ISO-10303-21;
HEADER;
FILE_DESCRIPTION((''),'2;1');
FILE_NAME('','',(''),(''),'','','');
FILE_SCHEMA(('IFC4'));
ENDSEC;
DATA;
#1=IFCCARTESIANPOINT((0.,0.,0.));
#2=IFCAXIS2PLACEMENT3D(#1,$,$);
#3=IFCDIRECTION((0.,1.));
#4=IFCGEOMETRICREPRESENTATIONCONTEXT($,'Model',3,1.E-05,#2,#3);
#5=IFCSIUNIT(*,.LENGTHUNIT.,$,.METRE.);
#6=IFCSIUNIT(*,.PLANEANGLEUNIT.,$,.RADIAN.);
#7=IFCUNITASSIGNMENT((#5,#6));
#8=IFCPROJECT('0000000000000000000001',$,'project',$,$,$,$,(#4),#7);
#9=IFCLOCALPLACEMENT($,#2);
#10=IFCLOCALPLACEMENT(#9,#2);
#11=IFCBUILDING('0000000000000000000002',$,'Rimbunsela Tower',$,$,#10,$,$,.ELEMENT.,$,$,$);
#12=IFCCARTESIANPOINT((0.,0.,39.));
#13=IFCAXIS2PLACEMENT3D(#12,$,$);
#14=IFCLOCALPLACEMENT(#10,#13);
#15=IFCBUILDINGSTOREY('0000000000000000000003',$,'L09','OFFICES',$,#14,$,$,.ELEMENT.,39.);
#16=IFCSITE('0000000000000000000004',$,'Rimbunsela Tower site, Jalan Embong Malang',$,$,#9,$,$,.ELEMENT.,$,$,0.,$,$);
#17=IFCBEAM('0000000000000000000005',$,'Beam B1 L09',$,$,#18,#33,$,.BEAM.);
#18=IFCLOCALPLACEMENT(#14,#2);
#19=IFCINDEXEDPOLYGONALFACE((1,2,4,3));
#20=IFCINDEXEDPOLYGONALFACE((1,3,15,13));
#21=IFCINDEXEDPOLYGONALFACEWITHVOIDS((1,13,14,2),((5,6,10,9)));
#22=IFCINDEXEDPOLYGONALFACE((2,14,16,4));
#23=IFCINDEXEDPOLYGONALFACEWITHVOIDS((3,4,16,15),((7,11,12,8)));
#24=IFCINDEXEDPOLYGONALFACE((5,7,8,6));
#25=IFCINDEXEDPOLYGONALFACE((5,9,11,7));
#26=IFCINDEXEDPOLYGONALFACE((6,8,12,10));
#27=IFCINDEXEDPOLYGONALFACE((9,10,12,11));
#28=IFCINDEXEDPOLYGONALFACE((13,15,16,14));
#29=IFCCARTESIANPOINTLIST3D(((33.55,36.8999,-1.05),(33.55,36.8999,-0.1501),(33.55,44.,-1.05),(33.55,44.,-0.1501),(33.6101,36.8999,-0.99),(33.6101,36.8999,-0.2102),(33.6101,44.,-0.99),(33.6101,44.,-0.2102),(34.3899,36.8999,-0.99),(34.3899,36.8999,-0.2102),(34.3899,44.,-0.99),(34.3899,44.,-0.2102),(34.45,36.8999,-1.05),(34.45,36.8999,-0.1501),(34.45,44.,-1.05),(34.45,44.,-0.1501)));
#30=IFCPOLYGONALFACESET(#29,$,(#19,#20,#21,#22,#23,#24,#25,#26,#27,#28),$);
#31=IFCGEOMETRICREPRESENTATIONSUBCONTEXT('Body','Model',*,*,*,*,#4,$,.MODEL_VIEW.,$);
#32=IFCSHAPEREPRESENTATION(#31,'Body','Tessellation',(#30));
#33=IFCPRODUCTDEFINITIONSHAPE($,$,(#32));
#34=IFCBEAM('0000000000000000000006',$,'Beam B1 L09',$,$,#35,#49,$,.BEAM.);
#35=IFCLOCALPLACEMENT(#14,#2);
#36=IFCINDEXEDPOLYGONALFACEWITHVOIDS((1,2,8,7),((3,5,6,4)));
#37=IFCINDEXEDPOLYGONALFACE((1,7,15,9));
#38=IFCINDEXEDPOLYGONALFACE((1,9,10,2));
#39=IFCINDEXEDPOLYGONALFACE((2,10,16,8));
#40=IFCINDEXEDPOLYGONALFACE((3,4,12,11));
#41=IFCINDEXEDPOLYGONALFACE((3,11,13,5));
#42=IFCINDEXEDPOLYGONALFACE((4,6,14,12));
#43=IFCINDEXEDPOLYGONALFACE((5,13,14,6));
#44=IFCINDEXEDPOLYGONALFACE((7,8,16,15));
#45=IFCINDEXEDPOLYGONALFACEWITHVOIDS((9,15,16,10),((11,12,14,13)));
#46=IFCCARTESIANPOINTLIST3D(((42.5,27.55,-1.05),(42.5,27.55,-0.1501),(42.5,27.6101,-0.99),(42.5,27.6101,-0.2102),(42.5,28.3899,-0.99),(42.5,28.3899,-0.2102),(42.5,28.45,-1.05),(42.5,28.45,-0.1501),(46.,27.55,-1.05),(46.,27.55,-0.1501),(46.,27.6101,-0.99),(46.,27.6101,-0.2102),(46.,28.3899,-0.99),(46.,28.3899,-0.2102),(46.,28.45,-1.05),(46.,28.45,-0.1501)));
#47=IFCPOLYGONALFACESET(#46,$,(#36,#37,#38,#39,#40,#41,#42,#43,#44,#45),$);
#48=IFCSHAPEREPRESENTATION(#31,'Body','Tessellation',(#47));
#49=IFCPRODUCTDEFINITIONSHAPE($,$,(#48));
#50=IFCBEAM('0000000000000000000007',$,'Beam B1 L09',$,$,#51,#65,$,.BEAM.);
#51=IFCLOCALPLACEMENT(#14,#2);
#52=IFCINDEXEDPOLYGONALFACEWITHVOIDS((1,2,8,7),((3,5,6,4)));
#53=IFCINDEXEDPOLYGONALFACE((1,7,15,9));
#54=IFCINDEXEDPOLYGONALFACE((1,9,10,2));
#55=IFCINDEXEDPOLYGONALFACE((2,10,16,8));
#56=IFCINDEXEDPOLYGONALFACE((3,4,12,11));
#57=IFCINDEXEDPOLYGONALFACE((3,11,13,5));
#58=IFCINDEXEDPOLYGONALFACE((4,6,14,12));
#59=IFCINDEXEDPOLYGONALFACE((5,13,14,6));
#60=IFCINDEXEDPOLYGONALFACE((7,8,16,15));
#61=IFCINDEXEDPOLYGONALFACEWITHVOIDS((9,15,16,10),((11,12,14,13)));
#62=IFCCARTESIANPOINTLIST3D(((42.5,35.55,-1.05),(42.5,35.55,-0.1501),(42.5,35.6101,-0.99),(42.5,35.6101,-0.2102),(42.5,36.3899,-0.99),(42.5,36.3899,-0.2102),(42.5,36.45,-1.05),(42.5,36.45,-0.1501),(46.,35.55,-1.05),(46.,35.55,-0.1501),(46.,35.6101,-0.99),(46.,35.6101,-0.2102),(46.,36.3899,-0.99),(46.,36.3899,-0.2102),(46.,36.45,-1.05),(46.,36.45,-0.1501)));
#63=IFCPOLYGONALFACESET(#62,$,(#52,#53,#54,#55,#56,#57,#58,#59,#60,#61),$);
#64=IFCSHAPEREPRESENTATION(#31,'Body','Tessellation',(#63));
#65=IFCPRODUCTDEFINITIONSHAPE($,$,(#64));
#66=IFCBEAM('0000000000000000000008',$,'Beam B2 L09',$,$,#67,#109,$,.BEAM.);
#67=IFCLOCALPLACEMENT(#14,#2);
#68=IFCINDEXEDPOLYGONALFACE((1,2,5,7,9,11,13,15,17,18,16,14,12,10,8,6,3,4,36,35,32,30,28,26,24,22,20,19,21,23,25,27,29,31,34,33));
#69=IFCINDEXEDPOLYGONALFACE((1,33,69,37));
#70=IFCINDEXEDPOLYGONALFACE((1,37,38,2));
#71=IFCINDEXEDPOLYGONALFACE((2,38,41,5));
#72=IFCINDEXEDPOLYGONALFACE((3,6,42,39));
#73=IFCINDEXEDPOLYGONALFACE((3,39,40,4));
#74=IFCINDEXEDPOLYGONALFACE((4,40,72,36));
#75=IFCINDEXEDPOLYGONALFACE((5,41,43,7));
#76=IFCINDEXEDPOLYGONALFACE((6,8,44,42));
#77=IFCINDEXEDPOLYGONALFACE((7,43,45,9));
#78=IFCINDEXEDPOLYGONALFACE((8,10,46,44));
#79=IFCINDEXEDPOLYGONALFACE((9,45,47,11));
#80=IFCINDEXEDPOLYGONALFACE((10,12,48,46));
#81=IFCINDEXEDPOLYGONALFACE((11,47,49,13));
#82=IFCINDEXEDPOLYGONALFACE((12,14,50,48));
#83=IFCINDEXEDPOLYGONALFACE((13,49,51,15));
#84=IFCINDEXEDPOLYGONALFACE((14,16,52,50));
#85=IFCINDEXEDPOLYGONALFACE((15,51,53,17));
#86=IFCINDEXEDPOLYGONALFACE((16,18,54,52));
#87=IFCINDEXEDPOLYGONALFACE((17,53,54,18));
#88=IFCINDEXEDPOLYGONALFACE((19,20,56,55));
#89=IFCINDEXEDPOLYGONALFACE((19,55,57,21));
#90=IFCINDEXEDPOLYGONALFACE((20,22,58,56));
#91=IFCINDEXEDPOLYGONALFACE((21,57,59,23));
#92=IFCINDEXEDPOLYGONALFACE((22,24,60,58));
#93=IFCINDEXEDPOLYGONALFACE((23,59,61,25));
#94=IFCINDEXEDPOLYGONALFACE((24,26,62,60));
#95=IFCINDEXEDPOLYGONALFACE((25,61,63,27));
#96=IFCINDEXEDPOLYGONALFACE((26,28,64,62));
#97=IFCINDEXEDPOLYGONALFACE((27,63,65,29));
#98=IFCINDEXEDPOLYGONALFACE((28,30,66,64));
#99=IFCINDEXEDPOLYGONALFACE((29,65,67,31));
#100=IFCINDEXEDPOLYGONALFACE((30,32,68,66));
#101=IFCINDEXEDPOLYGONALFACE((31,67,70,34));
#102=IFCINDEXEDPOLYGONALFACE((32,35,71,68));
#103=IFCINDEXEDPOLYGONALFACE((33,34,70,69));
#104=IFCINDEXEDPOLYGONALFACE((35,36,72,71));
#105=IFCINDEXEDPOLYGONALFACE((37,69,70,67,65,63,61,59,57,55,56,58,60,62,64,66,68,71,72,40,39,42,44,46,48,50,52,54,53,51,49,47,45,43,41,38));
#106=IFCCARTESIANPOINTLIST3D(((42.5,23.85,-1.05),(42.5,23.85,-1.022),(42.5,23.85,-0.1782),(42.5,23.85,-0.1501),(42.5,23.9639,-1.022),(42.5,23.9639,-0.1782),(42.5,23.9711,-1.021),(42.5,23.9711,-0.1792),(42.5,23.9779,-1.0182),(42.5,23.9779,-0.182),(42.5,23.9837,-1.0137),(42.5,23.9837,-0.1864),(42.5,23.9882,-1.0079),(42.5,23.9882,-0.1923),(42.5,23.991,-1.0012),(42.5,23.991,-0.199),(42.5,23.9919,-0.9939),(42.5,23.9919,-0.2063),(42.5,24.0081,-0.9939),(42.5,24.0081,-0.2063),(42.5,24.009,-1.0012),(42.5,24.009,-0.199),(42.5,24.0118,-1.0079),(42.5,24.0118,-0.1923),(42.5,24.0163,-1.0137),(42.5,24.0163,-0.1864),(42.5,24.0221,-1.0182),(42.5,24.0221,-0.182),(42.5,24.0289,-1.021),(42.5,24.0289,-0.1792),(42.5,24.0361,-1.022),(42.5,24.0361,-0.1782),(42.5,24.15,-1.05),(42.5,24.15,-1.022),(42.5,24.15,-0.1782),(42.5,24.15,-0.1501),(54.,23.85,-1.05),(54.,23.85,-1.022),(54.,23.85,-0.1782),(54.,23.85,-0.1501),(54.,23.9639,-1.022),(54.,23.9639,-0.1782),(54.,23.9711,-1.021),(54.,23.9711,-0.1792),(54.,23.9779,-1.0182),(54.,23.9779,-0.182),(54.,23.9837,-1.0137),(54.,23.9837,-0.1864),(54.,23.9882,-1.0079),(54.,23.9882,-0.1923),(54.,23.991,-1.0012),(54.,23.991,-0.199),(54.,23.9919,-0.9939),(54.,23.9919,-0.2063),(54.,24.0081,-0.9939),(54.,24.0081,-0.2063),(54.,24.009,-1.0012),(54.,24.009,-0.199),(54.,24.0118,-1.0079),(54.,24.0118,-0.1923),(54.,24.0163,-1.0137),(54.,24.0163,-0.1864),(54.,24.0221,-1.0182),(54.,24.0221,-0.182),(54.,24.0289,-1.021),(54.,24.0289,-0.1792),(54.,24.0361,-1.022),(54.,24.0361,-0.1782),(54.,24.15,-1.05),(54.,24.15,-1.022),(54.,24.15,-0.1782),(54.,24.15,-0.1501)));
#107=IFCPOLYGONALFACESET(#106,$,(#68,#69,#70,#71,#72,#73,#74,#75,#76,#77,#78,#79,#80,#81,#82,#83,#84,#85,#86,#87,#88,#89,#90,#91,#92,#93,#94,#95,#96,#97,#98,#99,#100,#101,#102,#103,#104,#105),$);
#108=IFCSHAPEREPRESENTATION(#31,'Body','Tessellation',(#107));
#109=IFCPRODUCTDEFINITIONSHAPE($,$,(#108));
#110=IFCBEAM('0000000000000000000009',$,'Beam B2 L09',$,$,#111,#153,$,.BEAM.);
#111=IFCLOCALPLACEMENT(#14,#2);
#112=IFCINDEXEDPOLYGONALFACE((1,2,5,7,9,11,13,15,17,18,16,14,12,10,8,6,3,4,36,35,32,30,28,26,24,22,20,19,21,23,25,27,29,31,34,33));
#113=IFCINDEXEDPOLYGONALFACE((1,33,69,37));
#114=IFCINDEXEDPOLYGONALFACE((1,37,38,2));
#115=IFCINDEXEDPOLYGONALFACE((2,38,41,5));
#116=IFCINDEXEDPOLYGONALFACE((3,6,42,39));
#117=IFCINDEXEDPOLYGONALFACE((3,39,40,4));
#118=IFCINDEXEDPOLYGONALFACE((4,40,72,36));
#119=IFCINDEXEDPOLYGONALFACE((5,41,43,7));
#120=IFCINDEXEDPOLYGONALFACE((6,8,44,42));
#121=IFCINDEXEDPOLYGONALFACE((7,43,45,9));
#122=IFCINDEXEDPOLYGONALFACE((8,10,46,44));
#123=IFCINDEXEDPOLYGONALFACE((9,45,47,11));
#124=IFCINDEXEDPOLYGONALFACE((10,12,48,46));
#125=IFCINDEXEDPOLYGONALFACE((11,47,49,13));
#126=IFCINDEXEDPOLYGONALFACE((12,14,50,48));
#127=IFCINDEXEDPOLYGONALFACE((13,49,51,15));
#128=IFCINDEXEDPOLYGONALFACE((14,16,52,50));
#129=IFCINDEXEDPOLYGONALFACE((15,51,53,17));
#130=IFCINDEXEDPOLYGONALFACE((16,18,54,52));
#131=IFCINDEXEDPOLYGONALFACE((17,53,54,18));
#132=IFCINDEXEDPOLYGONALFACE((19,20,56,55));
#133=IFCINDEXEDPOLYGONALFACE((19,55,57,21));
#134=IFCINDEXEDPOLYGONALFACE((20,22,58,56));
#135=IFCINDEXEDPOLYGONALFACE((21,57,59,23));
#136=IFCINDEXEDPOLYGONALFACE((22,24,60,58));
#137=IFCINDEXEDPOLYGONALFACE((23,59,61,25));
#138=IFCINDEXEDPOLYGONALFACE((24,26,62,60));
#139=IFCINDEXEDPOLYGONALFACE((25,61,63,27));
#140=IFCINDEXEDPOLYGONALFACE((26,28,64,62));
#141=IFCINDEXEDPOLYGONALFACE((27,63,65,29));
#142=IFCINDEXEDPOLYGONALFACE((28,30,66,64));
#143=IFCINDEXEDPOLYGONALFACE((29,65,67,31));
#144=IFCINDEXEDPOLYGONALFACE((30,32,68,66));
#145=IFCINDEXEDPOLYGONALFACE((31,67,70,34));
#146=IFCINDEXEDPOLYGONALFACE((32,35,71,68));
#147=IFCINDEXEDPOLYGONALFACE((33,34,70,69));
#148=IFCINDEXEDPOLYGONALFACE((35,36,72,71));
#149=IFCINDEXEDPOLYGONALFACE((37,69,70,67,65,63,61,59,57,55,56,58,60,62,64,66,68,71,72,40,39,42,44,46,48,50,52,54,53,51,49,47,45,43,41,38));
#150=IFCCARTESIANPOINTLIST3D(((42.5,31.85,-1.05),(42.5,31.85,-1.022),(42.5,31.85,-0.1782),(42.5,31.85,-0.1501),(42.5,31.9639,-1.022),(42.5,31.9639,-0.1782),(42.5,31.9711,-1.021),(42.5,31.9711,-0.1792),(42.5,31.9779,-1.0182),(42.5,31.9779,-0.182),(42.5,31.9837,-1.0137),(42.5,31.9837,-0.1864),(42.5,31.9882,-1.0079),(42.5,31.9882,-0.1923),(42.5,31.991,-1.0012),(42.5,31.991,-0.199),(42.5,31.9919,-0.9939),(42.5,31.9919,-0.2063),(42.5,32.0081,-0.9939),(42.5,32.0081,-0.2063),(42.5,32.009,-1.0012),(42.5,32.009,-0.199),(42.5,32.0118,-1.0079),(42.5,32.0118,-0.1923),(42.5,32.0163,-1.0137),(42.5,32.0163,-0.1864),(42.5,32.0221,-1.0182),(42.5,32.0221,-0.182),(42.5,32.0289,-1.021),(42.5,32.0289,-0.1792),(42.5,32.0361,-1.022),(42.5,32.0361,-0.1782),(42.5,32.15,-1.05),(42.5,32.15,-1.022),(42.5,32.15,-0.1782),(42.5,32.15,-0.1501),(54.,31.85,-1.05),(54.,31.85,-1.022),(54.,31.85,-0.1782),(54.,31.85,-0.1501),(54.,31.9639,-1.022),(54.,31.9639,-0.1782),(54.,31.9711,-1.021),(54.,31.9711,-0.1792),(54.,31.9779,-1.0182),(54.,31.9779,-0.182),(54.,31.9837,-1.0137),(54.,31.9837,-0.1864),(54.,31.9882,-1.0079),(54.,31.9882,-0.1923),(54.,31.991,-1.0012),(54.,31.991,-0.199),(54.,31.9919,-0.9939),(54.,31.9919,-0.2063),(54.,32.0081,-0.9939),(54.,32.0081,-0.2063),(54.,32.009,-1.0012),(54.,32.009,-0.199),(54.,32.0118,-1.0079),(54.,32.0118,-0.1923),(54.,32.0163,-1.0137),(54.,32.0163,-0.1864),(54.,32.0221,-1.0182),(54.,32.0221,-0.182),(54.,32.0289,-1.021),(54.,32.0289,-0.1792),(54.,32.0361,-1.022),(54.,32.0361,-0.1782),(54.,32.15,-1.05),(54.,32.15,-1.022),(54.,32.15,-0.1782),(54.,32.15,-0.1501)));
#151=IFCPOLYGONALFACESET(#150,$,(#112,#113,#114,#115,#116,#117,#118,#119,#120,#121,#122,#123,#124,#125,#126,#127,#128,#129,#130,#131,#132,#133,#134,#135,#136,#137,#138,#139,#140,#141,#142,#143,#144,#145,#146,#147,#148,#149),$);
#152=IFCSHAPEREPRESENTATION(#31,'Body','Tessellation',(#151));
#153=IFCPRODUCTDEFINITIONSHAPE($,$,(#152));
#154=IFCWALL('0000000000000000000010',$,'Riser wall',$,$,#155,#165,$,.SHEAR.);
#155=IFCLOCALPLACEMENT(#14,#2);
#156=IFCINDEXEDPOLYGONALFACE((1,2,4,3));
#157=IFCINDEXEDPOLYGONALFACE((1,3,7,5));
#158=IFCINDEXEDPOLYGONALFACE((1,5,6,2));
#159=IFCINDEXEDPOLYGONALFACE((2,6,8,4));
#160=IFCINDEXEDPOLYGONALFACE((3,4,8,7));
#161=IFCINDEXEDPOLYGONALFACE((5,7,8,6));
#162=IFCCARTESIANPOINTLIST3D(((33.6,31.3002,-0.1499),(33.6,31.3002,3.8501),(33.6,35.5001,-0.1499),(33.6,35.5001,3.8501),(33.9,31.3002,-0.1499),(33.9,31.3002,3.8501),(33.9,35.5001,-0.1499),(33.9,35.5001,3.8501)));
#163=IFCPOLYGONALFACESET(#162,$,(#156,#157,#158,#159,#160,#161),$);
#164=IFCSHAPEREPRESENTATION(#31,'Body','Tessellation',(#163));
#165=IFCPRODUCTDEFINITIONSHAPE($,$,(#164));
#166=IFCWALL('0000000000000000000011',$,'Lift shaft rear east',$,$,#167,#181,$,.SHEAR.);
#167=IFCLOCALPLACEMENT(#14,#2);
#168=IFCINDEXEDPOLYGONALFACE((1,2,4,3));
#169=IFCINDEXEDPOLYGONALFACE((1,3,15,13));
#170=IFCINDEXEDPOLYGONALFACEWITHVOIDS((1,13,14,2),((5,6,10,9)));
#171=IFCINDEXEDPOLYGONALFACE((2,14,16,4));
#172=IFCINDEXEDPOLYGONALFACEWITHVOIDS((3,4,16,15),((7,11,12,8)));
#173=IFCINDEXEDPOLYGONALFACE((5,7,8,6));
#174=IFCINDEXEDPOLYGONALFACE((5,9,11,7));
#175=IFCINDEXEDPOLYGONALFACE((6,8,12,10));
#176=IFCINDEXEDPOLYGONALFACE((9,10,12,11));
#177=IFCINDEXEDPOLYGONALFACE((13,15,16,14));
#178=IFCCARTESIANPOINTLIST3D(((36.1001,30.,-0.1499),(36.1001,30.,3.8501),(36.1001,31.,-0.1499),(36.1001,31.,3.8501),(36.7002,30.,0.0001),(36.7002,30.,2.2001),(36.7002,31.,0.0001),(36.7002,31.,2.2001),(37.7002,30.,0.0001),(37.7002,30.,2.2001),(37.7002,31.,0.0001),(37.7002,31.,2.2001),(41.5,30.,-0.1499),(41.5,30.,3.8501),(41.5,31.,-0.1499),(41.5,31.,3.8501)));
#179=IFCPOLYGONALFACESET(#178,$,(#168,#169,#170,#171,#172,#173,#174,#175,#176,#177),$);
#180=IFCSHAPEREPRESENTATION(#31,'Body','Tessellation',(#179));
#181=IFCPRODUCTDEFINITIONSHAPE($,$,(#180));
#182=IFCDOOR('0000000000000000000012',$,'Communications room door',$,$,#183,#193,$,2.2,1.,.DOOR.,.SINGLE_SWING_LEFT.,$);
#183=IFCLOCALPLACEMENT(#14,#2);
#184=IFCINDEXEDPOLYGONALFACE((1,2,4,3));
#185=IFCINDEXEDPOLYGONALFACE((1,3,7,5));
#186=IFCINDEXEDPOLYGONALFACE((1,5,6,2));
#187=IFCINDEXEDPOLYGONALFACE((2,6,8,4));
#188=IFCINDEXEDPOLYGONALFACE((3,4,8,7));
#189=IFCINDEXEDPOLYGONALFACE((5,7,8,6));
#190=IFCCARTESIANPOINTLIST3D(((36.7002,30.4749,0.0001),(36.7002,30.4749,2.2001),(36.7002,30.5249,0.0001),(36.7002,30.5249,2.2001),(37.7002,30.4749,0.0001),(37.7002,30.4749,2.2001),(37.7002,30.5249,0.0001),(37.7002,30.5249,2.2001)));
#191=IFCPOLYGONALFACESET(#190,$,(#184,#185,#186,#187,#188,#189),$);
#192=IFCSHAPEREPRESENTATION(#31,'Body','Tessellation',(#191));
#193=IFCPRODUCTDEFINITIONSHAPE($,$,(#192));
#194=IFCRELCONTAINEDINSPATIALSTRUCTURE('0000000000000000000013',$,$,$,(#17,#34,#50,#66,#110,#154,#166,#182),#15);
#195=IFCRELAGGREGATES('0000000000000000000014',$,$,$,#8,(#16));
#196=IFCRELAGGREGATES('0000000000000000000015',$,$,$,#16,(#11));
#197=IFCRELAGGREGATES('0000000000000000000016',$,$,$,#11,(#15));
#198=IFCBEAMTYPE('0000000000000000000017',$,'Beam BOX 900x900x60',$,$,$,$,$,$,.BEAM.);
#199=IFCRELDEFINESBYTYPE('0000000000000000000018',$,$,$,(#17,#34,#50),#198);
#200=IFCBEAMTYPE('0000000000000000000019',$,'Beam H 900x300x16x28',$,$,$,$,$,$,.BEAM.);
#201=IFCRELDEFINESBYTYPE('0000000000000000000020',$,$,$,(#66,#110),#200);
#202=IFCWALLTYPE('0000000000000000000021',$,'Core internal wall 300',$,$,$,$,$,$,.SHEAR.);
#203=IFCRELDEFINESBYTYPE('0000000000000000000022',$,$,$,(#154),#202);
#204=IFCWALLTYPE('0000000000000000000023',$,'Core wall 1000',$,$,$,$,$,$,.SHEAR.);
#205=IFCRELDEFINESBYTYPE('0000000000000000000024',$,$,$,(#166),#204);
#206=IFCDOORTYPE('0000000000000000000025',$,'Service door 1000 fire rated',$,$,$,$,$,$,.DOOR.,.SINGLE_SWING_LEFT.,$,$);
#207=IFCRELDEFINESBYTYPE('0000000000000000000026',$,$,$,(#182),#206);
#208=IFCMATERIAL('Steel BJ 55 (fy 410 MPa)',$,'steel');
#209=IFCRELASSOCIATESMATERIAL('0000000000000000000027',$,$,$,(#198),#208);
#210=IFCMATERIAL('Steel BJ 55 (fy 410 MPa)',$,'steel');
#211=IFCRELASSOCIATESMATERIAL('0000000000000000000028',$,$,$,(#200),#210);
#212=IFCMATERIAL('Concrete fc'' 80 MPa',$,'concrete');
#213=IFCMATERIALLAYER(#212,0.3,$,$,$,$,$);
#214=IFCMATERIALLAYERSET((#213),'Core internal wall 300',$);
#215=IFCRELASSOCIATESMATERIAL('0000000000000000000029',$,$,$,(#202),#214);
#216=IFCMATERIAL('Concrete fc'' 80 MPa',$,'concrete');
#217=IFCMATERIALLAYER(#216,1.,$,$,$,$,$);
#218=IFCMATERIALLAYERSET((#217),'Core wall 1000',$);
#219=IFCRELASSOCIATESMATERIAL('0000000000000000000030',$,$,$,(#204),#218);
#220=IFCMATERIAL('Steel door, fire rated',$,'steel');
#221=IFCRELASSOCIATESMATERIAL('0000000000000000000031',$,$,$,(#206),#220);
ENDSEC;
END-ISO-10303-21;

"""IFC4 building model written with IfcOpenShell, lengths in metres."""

from ifc_helpers import new_model, si_unit, direction, frame, frame_2d, origin, origin_2d, place, context, subcontext, project, spatial, rectangle, hollow_rectangle, i_section, extrude, material, layer, layer_set, material_profile, profile_set, type_object, element, fill, save


model = new_model("IFC4")

# Units and contexts
model_context = context("Model", 3, precision=1e-05, world=origin(), true_north=direction((0.0, 1.0)))
body_context = subcontext(model_context, "Body", "Model", "MODEL_VIEW")
ifc_project = project(units=[si_unit("LENGTHUNIT", "METRE"), si_unit("PLANEANGLEUNIT", "RADIAN")], contexts=[model_context])

# Site, building, storey
site_placement = place(None, origin())
site = spatial("IfcSite", under=ifc_project, at=site_placement, Name="Rimbunsela Tower site, Jalan Embong Malang", CompositionType="ELEMENT", RefElevation=0.0)
building_placement = place(site_placement, origin())
building = spatial("IfcBuilding", under=site, at=building_placement, Name="Rimbunsela Tower", CompositionType="ELEMENT")
storey_placement = place(building_placement, frame((0.0, 0.0, 39.0)))
storey = spatial("IfcBuildingStorey", under=building, at=storey_placement, Name="L09", Description="OFFICES", CompositionType="ELEMENT", Elevation=39.0)

# Beams
ifc_material_1 = material(Name="Steel BJ 55 (fy 410 MPa)", Category="steel")
ifc_material_profile_1 = material_profile(ifc_material_1, hollow_rectangle(XDim=0.8999, YDim=0.8999, WallThickness=0.0601, at=origin_2d()), Name="BOX 900x900x60")
ifc_profile_set_1 = profile_set([ifc_material_profile_1], Name="Steel BJ 55 (fy 410 MPa)")
beam_type_1 = type_object("IfcBeamType", Name="Beam BOX 900x900x60", PredefinedType="BEAM", material=ifc_profile_set_1)
beam_placement = place(storey_placement, frame((34.0, 36.8999, -0.6001), z_axis=(0.0, 1.0, 0.0), x_axis=(-1.0, 0.0, 0.0)))
element("IfcBeam", 1, at=beam_placement, inside=storey, type_object=beam_type_1, Name="Beam B1 L09", PredefinedType="BEAM", context=body_context, shape_type="SweptSolid", body=[
    extrude(hollow_rectangle(XDim=0.8999, YDim=0.8999, WallThickness=0.0601, at=origin_2d()), origin(), (0.0, 0.0, 1.0), 7.1001),
])
for number, where, z_axis, x_axis, name in (
    (2, (42.5, 28.0, -0.6001), (1.0, 0.0, 0.0), (0.0, 1.0, 0.0), "Beam B1 L09"),
    (3, (42.5, 36.0, -0.6001), (1.0, 0.0, 0.0), (0.0, 1.0, 0.0), "Beam B1 L09"),
):
    element("IfcBeam", number, at=place(storey_placement, frame(where, z_axis=z_axis, x_axis=x_axis)), inside=storey, type_object=beam_type_1, Name=name, PredefinedType="BEAM", context=body_context, shape_type="SweptSolid", body=[
        extrude(hollow_rectangle(XDim=0.8999, YDim=0.8999, WallThickness=0.0601, at=origin_2d()), origin(), (0.0, 0.0, 1.0), 3.5),
    ])
ifc_material_2 = material(Name="Steel BJ 55 (fy 410 MPa)", Category="steel")
ifc_material_profile_2 = material_profile(ifc_material_2, i_section(OverallWidth=0.3, OverallDepth=0.8999, WebThickness=0.0161, FlangeThickness=0.0281, FilletRadius=0.0281, at=origin_2d()), Name="H 900x300x16x28")
ifc_profile_set_2 = profile_set([ifc_material_profile_2], Name="Steel BJ 55 (fy 410 MPa)")
beam_type_2 = type_object("IfcBeamType", Name="Beam H 900x300x16x28", PredefinedType="BEAM", material=ifc_profile_set_2)
for number, where, z_axis, x_axis, name in (
    (4, (42.5, 24.0, -0.6001), (1.0, 0.0, 0.0), (0.0, 1.0, 0.0), "Beam B2 L09"),
    (5, (42.5, 32.0, -0.6001), (1.0, 0.0, 0.0), (0.0, 1.0, 0.0), "Beam B2 L09"),
):
    element("IfcBeam", number, at=place(storey_placement, frame(where, z_axis=z_axis, x_axis=x_axis)), inside=storey, type_object=beam_type_2, Name=name, PredefinedType="BEAM", context=body_context, shape_type="SweptSolid", body=[
        extrude(i_section(OverallWidth=0.3, OverallDepth=0.8999, WebThickness=0.0161, FlangeThickness=0.0281, FilletRadius=0.0281, at=origin_2d()), origin(), (0.0, 0.0, 1.0), 11.5),
    ])

# Wall
ifc_material_3 = material(Name="Concrete fc' 80 MPa", Category="concrete")
ifc_layer_1 = layer(ifc_material_3, 0.3)
ifc_layer_set_1 = layer_set([ifc_layer_1], Name="Core internal wall 300")
wall_type_1 = type_object("IfcWallType", Name="Core internal wall 300", PredefinedType="SHEAR", material=ifc_layer_set_1)
wall_1_placement = place(storey_placement, frame((33.75, 31.3, -0.1499), z_axis=(0.0, 0.0, 1.0), x_axis=(0.0, 1.0, 0.0)))
element("IfcWall", 6, at=wall_1_placement, inside=storey, type_object=wall_type_1, Name="Riser wall", PredefinedType="SHEAR", context=body_context, shape_type="SweptSolid", body=[
    extrude(rectangle(XDim=4.2, YDim=0.3, at=frame_2d((2.1001, 0.0))), origin(), (0.0, 0.0, 1.0), 4.0),
])

# Wall, opening, door
ifc_material_4 = material(Name="Concrete fc' 80 MPa", Category="concrete")
ifc_layer_2 = layer(ifc_material_4, 1.0)
ifc_layer_set_2 = layer_set([ifc_layer_2], Name="Core wall 1000")
wall_type_2 = type_object("IfcWallType", Name="Core wall 1000", PredefinedType="SHEAR", material=ifc_layer_set_2)
wall_2_placement = place(storey_placement, frame((36.1001, 30.5, -0.1499), z_axis=(0.0, 0.0, 1.0), x_axis=(1.0, 0.0, 0.0)))
wall_2 = element("IfcWall", 7, at=wall_2_placement, inside=storey, type_object=wall_type_2, Name="Lift shaft rear east", PredefinedType="SHEAR", context=body_context, shape_type="SweptSolid", body=[
    extrude(rectangle(XDim=5.3999, YDim=1.0, at=frame_2d((2.7, 0.0))), origin(), (0.0, 0.0, 1.0), 4.0),
])
opening_placement = place(wall_2_placement, frame((0.6001, 0.0, 0.1499)))
opening = element("IfcOpeningElement", 8, at=opening_placement, cuts=wall_2, PredefinedType="OPENING", context=body_context, shape_type="SweptSolid", body=[
    extrude(rectangle(XDim=1.0, YDim=2.2, at=frame_2d((0.5, 1.1001))), frame((0.0, 0.51, 0.0), z_axis=(0.0, -1.0, 0.0), x_axis=(1.0, 0.0, 0.0)), (0.0, 0.0, 1.0), 1.02),
])
ifc_material_5 = material(Name="Steel door, fire rated", Category="steel")
door_type = type_object("IfcDoorType", Name="Service door 1000 fire rated", OperationType="SINGLE_SWING_LEFT", PredefinedType="DOOR", material=ifc_material_5)
door_placement = place(opening_placement, origin())
door = element("IfcDoor", 9, at=door_placement, inside=storey, type_object=door_type, Name="Communications room door", OperationType="SINGLE_SWING_LEFT", OverallHeight=2.2, OverallWidth=1.0, PredefinedType="DOOR", context=body_context, shape_type="SweptSolid", body=[
    extrude(rectangle(XDim=1.0, YDim=2.2, at=frame_2d((0.5, 1.1001))), frame((0.0, 0.0249, 0.0), z_axis=(0.0, -1.0, 0.0), x_axis=(1.0, 0.0, 0.0)), (0.0, 0.0, 1.0), 0.05),
])
fill(opening, door)

save(model, "model.ifc")
